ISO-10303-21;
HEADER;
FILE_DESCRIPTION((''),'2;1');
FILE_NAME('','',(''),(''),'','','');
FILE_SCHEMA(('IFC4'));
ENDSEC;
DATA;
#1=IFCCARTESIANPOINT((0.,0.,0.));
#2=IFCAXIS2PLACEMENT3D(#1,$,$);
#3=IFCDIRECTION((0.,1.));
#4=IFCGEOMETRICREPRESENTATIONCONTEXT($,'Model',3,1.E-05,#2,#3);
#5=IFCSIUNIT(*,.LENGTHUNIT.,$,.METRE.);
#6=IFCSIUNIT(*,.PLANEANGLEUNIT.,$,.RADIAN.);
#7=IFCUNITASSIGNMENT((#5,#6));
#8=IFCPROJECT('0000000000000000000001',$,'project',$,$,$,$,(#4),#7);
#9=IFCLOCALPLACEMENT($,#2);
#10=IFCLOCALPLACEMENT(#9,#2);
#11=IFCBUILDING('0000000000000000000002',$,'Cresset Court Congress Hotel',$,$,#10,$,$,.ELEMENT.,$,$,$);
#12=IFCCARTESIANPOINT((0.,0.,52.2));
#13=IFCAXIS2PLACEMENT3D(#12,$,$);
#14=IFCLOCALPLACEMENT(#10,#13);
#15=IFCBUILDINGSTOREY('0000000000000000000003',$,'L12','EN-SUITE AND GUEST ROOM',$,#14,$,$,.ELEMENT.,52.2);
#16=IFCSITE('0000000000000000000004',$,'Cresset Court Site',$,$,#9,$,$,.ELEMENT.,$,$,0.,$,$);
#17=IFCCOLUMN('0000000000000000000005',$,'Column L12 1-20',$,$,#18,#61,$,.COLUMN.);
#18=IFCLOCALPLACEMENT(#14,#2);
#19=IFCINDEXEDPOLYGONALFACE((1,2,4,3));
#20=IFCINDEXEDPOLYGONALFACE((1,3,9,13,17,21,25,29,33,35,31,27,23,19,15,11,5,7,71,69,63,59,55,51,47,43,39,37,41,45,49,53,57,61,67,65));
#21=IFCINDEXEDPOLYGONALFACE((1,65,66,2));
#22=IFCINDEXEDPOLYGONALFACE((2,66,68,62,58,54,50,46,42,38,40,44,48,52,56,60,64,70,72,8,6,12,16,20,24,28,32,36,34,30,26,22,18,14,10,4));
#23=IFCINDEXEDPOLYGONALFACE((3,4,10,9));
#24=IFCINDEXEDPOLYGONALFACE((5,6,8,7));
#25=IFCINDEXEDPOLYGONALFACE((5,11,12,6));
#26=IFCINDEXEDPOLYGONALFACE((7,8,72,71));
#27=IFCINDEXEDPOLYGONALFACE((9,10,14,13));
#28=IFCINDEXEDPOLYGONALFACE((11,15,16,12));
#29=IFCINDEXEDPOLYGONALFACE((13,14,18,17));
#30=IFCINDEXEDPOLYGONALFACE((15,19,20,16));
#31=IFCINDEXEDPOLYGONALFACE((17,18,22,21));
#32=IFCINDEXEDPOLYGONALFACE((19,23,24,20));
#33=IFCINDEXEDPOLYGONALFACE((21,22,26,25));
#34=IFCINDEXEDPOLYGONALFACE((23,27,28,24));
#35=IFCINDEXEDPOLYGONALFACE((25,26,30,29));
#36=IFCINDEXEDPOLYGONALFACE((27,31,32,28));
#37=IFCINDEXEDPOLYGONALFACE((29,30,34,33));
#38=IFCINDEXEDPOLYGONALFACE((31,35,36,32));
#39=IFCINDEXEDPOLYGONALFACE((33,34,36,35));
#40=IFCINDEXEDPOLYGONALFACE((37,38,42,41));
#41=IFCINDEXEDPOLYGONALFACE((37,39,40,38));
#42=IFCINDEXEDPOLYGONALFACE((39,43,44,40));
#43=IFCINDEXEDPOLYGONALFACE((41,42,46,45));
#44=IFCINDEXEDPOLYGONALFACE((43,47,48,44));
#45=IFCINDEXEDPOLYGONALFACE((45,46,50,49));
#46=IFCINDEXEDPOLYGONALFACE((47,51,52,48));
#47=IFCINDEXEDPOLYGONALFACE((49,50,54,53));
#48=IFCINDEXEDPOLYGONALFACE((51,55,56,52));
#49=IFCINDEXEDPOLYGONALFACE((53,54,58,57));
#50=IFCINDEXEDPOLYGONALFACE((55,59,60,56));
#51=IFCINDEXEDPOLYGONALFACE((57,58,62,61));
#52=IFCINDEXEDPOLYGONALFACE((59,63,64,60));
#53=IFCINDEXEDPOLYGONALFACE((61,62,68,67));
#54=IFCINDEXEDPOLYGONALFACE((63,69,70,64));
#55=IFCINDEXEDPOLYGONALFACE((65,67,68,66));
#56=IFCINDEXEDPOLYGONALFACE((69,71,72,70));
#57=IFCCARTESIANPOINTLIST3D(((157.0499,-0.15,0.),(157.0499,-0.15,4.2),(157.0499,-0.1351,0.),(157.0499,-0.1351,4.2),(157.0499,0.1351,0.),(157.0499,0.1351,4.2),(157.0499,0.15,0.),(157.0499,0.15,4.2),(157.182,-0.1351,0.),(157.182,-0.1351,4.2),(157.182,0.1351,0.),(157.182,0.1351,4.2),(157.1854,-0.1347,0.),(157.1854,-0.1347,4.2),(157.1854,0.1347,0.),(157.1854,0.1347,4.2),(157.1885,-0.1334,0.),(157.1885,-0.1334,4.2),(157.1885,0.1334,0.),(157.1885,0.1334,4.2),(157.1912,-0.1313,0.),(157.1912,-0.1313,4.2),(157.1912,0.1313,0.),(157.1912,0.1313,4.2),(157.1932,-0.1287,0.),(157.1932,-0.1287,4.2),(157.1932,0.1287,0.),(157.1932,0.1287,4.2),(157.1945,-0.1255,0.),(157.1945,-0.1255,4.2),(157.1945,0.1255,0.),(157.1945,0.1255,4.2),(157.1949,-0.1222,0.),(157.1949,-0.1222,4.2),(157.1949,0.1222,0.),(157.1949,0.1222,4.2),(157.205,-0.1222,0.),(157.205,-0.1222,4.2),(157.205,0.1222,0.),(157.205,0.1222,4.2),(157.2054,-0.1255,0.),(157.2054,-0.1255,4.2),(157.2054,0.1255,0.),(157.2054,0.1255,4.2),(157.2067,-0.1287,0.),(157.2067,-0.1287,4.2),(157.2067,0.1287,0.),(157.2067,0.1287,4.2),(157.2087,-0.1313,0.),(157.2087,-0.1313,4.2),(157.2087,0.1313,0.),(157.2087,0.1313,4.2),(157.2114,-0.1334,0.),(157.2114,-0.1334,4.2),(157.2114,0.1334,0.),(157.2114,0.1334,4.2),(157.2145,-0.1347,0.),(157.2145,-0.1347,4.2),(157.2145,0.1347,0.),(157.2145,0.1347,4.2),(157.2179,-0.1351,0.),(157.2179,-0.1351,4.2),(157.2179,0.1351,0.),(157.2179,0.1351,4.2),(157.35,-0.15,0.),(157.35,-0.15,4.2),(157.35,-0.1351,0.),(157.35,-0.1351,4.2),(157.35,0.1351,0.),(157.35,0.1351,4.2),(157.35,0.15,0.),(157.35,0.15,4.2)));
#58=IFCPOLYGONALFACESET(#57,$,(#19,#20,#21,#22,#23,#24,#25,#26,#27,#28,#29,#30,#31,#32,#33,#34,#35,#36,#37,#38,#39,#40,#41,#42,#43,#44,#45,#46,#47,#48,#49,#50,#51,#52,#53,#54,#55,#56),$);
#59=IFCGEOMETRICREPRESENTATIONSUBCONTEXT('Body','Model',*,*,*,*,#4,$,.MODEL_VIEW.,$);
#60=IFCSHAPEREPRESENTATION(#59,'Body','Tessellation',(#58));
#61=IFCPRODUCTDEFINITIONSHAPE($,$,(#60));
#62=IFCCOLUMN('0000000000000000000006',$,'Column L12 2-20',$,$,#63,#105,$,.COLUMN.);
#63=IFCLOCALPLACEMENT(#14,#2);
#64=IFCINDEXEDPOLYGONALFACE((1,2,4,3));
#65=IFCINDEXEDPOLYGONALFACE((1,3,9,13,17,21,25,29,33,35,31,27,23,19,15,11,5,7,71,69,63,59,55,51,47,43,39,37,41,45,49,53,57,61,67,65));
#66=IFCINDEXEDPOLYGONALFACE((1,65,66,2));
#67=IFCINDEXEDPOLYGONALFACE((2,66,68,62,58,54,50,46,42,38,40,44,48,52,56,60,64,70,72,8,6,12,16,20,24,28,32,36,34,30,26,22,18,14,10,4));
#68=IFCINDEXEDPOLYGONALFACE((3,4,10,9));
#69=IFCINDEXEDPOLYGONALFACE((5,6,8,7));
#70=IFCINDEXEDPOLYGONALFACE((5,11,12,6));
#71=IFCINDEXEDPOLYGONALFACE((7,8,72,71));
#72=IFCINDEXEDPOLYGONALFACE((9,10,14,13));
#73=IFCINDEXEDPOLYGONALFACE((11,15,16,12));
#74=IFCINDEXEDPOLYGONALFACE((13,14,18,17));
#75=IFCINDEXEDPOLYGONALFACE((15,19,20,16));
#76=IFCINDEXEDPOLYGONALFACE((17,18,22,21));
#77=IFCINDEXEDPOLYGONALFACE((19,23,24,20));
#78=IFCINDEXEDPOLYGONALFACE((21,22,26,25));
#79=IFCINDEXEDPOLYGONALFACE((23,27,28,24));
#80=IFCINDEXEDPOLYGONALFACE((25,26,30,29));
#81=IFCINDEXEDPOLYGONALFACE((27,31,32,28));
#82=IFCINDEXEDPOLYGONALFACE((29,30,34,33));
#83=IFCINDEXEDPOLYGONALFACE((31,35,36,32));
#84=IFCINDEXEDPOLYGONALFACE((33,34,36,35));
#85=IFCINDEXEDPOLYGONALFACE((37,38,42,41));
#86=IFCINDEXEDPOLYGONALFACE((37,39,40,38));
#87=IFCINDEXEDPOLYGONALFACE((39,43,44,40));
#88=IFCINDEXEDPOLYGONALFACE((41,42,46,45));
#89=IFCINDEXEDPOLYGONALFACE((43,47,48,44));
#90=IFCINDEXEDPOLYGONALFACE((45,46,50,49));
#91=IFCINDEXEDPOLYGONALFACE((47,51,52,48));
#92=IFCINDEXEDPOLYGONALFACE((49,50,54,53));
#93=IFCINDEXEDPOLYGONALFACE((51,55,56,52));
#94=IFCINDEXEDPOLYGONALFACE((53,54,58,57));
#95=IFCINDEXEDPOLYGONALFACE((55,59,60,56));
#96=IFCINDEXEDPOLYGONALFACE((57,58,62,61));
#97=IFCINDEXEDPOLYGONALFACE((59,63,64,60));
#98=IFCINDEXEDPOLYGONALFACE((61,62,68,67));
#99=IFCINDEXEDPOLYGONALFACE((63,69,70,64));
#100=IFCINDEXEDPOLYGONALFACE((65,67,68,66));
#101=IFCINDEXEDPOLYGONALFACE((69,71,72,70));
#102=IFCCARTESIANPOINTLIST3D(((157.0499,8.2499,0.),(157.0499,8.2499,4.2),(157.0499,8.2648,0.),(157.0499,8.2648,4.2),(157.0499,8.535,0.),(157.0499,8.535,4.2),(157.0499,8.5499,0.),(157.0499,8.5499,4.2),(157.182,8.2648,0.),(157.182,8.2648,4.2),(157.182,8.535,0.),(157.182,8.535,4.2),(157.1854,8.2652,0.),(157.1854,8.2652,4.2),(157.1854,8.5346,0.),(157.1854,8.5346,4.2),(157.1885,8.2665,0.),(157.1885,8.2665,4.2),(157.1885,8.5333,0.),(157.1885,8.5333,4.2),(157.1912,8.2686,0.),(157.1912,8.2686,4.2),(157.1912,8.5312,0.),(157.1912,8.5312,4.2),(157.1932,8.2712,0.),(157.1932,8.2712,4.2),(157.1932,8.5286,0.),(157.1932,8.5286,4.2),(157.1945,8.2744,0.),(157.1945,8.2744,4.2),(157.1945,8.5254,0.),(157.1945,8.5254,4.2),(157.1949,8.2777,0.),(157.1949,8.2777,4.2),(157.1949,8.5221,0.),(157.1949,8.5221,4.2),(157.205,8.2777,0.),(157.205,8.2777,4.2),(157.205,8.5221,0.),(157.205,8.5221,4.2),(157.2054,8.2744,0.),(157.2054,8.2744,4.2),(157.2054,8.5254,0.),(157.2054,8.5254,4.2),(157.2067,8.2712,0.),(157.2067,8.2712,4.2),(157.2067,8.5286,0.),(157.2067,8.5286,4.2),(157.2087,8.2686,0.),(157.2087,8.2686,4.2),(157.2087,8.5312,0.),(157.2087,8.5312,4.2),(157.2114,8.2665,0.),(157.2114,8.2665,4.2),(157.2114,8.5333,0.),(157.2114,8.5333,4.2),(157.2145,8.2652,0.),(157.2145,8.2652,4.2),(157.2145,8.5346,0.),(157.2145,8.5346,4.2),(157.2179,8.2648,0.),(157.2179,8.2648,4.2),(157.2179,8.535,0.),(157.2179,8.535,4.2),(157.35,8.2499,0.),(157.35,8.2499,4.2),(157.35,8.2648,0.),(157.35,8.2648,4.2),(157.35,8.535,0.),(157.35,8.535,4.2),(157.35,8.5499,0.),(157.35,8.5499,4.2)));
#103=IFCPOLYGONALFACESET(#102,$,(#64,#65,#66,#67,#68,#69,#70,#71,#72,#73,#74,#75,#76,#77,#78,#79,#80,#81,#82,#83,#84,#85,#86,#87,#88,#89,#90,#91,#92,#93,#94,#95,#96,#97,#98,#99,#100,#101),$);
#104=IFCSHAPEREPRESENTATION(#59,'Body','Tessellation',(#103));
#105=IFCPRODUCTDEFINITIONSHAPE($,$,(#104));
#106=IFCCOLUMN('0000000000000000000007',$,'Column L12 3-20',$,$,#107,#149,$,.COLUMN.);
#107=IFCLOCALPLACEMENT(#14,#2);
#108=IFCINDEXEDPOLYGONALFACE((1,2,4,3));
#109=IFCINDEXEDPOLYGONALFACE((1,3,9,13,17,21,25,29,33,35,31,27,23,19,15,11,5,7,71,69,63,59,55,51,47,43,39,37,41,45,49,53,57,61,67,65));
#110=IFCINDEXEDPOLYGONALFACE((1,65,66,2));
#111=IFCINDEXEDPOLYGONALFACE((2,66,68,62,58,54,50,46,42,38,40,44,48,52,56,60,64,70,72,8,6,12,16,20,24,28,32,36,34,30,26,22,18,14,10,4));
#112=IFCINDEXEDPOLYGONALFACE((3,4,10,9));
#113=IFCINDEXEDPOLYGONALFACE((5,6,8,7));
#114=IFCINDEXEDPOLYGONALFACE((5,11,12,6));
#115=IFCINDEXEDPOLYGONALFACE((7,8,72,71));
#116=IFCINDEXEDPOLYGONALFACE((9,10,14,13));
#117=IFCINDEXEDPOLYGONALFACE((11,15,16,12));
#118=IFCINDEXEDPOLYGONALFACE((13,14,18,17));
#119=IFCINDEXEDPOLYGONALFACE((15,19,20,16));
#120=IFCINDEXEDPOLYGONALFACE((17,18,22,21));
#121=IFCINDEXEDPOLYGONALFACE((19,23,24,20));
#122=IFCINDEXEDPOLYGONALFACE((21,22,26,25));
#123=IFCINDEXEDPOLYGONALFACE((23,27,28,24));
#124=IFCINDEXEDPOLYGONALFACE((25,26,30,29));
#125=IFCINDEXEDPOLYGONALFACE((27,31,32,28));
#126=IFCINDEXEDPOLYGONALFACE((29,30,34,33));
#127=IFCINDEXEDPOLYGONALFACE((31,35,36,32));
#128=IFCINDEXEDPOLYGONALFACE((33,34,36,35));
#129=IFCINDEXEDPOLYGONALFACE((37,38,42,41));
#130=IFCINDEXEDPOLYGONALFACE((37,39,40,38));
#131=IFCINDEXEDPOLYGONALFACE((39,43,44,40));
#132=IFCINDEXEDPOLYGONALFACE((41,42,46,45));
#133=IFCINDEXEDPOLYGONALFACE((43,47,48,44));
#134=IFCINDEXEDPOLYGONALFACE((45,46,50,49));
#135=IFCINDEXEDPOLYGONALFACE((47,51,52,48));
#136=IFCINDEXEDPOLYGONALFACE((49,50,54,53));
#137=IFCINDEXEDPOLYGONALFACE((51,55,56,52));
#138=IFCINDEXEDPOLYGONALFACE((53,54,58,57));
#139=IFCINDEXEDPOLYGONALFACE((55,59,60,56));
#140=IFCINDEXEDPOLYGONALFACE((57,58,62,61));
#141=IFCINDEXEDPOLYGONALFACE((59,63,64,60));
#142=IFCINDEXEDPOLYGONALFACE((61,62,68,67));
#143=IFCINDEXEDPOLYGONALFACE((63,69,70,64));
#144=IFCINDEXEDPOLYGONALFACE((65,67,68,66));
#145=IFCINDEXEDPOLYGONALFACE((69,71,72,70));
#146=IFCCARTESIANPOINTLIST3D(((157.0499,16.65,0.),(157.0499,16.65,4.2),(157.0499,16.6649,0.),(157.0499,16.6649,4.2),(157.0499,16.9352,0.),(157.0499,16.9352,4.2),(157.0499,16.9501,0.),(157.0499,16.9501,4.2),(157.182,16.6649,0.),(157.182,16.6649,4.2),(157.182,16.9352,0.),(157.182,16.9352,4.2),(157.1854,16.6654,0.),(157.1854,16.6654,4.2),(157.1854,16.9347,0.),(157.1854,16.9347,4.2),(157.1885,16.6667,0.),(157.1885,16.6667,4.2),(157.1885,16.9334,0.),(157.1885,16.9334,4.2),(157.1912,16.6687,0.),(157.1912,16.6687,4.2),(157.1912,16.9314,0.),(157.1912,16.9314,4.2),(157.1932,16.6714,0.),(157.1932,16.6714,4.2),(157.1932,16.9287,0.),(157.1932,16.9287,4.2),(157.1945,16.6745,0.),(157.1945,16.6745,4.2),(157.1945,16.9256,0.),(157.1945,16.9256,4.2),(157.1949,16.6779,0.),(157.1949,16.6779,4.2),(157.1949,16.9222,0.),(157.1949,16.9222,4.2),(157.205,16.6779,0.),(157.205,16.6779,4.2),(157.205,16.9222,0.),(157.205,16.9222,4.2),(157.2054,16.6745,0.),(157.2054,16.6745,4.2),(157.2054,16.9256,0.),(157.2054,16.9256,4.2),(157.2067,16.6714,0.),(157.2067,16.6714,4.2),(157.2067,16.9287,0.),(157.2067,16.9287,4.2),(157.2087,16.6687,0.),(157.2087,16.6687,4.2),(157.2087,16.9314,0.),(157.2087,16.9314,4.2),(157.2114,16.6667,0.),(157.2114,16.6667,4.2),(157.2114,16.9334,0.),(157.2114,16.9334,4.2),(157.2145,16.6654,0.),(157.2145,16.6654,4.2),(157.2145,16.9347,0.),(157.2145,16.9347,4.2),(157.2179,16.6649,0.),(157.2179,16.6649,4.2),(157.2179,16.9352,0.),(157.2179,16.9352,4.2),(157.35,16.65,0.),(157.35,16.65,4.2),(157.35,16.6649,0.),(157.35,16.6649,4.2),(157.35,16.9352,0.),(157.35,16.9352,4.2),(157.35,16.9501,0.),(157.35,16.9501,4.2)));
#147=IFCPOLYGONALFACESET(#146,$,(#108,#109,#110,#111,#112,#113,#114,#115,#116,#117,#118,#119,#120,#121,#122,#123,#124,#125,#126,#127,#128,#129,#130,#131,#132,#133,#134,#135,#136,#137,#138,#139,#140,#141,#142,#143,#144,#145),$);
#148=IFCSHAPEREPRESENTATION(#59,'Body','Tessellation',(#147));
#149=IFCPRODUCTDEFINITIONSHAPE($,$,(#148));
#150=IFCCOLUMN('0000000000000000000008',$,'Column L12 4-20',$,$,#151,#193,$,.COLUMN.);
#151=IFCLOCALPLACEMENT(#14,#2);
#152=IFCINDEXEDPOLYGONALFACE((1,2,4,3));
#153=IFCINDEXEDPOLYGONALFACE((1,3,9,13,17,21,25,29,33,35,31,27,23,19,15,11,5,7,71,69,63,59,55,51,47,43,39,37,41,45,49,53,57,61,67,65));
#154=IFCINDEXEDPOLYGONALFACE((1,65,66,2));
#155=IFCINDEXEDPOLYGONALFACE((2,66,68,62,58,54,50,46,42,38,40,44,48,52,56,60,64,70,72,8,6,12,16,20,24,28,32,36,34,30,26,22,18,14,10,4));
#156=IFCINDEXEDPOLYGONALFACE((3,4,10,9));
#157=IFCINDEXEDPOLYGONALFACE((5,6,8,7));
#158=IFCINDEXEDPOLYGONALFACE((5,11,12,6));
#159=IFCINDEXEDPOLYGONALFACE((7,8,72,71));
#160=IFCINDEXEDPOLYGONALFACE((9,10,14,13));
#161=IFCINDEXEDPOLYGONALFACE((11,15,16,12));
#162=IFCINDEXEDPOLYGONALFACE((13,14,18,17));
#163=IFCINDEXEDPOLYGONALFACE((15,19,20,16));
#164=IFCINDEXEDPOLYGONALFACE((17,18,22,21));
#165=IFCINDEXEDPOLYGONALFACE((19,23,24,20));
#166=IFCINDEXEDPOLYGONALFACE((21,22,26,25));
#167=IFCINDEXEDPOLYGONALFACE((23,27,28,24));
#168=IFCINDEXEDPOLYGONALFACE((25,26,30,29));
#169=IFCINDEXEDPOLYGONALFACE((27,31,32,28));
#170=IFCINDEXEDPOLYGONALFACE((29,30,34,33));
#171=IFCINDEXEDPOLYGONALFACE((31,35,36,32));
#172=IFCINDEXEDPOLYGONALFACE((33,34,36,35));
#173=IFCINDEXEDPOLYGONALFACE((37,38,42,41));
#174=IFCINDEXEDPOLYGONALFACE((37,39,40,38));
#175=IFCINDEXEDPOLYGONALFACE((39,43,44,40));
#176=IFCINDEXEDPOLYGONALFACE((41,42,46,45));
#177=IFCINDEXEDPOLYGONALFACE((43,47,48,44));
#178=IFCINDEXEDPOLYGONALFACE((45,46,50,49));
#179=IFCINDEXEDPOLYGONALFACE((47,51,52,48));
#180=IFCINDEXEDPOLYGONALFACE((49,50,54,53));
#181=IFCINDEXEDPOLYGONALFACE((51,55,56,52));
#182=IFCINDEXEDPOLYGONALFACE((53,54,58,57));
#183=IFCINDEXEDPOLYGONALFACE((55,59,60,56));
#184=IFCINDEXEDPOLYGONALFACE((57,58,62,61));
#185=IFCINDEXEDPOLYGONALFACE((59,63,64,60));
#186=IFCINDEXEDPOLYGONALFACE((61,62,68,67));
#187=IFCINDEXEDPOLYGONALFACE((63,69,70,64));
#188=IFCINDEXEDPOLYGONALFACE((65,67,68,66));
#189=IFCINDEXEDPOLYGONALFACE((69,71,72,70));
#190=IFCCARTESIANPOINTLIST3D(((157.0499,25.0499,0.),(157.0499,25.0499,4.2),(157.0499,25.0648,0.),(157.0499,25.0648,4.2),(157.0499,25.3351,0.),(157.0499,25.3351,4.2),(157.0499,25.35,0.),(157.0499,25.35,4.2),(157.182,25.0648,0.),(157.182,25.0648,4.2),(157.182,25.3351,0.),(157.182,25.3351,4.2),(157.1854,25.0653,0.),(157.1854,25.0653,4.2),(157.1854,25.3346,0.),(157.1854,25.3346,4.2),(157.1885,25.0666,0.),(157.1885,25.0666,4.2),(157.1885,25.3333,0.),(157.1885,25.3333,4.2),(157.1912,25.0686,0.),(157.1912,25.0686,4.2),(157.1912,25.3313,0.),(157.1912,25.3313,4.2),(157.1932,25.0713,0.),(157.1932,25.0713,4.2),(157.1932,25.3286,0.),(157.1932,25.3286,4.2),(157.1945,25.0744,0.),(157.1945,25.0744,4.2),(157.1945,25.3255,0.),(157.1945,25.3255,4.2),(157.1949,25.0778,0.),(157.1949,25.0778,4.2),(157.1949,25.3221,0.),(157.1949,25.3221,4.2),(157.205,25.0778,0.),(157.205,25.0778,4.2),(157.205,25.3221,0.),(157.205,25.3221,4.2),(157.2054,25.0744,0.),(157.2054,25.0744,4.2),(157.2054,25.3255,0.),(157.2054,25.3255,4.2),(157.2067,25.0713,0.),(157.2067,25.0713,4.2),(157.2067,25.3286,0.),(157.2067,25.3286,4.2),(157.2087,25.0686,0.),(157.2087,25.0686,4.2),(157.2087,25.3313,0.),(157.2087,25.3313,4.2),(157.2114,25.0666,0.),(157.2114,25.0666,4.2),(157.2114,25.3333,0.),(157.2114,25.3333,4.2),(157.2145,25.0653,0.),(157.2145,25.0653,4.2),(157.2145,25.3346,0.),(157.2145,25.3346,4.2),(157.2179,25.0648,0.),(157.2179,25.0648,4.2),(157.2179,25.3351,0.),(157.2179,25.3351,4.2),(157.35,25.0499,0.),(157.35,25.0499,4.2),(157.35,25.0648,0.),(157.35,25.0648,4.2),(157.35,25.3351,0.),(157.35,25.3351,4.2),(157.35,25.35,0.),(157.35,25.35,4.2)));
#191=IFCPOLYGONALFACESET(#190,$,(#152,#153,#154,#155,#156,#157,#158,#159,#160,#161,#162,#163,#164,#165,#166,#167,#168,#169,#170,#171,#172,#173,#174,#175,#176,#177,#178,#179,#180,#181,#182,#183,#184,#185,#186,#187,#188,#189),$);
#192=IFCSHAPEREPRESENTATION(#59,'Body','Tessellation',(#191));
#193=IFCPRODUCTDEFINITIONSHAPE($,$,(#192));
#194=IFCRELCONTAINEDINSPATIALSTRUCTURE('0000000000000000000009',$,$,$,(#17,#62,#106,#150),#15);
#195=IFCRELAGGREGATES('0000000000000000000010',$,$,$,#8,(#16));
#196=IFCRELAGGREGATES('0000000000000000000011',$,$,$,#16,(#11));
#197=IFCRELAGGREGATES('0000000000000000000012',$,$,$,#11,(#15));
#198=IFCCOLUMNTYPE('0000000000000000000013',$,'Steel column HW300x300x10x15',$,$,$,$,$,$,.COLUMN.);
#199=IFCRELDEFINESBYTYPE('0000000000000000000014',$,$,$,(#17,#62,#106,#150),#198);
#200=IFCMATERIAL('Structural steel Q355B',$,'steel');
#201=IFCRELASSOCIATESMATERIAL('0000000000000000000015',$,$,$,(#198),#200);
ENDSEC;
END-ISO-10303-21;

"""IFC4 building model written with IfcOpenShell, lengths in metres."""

from ifc_helpers import new_model, si_unit, direction, frame, origin, origin_2d, place, context, subcontext, project, spatial, i_section, extrude, material, material_profile, profile_set, type_object, element, save


model = new_model("IFC4")

# Units and contexts
model_context = context("Model", 3, precision=1e-05, world=origin(), true_north=direction((0.0, 1.0)))
body_context = subcontext(model_context, "Body", "Model", "MODEL_VIEW")
ifc_project = project(units=[si_unit("LENGTHUNIT", "METRE"), si_unit("PLANEANGLEUNIT", "RADIAN")], contexts=[model_context])

# Site, building, storey
site_placement = place(None, origin())
site = spatial("IfcSite", under=ifc_project, at=site_placement, Name="Cresset Court Site", CompositionType="ELEMENT", RefElevation=0.0)
building_placement = place(site_placement, origin())
building = spatial("IfcBuilding", under=site, at=building_placement, Name="Cresset Court Congress Hotel", CompositionType="ELEMENT")
storey_placement = place(building_placement, frame((0.0, 0.0, 52.2)))
storey = spatial("IfcBuildingStorey", under=building, at=storey_placement, Name="L12", Description="EN-SUITE AND GUEST ROOM", CompositionType="ELEMENT", Elevation=52.2)

# Columns
ifc_material_1 = material(Name="Structural steel Q355B", Category="steel")
ifc_material_profile_1 = material_profile(ifc_material_1, i_section(OverallWidth=0.3, OverallDepth=0.3, WebThickness=0.01, FlangeThickness=0.0149, FilletRadius=0.0129, at=origin_2d()), Name="HW300x300x10x15")
ifc_profile_set_1 = profile_set([ifc_material_profile_1], Name="Structural steel Q355B")
column_type = type_object("IfcColumnType", Name="Steel column HW300x300x10x15", PredefinedType="COLUMN", material=ifc_profile_set_1)
for number, where, z_axis, x_axis, name in (
    (1, (157.2, 0.0, 0.0), (0.0, 0.0, 1.0), (1.0, 0.0, 0.0), "Column L12 1-20"),
    (2, (157.2, 8.3999, 0.0), (0.0, 0.0, 1.0), (1.0, 0.0, 0.0), "Column L12 2-20"),
    (3, (157.2, 16.8, 0.0), (0.0, 0.0, 1.0), (1.0, 0.0, 0.0), "Column L12 3-20"),
    (4, (157.2, 25.2, 0.0), (0.0, 0.0, 1.0), (1.0, 0.0, 0.0), "Column L12 4-20"),
):
    element("IfcColumn", number, at=place(storey_placement, frame(where, z_axis=z_axis, x_axis=x_axis)), inside=storey, type_object=column_type, Name=name, PredefinedType="COLUMN", context=body_context, shape_type="SweptSolid", body=[
        extrude(i_section(OverallWidth=0.3, OverallDepth=0.3, WebThickness=0.01, FlangeThickness=0.0149, FilletRadius=0.0129, at=origin_2d()), origin(), (0.0, 0.0, 1.0), 4.2),
    ])

save(model, "model.ifc")
